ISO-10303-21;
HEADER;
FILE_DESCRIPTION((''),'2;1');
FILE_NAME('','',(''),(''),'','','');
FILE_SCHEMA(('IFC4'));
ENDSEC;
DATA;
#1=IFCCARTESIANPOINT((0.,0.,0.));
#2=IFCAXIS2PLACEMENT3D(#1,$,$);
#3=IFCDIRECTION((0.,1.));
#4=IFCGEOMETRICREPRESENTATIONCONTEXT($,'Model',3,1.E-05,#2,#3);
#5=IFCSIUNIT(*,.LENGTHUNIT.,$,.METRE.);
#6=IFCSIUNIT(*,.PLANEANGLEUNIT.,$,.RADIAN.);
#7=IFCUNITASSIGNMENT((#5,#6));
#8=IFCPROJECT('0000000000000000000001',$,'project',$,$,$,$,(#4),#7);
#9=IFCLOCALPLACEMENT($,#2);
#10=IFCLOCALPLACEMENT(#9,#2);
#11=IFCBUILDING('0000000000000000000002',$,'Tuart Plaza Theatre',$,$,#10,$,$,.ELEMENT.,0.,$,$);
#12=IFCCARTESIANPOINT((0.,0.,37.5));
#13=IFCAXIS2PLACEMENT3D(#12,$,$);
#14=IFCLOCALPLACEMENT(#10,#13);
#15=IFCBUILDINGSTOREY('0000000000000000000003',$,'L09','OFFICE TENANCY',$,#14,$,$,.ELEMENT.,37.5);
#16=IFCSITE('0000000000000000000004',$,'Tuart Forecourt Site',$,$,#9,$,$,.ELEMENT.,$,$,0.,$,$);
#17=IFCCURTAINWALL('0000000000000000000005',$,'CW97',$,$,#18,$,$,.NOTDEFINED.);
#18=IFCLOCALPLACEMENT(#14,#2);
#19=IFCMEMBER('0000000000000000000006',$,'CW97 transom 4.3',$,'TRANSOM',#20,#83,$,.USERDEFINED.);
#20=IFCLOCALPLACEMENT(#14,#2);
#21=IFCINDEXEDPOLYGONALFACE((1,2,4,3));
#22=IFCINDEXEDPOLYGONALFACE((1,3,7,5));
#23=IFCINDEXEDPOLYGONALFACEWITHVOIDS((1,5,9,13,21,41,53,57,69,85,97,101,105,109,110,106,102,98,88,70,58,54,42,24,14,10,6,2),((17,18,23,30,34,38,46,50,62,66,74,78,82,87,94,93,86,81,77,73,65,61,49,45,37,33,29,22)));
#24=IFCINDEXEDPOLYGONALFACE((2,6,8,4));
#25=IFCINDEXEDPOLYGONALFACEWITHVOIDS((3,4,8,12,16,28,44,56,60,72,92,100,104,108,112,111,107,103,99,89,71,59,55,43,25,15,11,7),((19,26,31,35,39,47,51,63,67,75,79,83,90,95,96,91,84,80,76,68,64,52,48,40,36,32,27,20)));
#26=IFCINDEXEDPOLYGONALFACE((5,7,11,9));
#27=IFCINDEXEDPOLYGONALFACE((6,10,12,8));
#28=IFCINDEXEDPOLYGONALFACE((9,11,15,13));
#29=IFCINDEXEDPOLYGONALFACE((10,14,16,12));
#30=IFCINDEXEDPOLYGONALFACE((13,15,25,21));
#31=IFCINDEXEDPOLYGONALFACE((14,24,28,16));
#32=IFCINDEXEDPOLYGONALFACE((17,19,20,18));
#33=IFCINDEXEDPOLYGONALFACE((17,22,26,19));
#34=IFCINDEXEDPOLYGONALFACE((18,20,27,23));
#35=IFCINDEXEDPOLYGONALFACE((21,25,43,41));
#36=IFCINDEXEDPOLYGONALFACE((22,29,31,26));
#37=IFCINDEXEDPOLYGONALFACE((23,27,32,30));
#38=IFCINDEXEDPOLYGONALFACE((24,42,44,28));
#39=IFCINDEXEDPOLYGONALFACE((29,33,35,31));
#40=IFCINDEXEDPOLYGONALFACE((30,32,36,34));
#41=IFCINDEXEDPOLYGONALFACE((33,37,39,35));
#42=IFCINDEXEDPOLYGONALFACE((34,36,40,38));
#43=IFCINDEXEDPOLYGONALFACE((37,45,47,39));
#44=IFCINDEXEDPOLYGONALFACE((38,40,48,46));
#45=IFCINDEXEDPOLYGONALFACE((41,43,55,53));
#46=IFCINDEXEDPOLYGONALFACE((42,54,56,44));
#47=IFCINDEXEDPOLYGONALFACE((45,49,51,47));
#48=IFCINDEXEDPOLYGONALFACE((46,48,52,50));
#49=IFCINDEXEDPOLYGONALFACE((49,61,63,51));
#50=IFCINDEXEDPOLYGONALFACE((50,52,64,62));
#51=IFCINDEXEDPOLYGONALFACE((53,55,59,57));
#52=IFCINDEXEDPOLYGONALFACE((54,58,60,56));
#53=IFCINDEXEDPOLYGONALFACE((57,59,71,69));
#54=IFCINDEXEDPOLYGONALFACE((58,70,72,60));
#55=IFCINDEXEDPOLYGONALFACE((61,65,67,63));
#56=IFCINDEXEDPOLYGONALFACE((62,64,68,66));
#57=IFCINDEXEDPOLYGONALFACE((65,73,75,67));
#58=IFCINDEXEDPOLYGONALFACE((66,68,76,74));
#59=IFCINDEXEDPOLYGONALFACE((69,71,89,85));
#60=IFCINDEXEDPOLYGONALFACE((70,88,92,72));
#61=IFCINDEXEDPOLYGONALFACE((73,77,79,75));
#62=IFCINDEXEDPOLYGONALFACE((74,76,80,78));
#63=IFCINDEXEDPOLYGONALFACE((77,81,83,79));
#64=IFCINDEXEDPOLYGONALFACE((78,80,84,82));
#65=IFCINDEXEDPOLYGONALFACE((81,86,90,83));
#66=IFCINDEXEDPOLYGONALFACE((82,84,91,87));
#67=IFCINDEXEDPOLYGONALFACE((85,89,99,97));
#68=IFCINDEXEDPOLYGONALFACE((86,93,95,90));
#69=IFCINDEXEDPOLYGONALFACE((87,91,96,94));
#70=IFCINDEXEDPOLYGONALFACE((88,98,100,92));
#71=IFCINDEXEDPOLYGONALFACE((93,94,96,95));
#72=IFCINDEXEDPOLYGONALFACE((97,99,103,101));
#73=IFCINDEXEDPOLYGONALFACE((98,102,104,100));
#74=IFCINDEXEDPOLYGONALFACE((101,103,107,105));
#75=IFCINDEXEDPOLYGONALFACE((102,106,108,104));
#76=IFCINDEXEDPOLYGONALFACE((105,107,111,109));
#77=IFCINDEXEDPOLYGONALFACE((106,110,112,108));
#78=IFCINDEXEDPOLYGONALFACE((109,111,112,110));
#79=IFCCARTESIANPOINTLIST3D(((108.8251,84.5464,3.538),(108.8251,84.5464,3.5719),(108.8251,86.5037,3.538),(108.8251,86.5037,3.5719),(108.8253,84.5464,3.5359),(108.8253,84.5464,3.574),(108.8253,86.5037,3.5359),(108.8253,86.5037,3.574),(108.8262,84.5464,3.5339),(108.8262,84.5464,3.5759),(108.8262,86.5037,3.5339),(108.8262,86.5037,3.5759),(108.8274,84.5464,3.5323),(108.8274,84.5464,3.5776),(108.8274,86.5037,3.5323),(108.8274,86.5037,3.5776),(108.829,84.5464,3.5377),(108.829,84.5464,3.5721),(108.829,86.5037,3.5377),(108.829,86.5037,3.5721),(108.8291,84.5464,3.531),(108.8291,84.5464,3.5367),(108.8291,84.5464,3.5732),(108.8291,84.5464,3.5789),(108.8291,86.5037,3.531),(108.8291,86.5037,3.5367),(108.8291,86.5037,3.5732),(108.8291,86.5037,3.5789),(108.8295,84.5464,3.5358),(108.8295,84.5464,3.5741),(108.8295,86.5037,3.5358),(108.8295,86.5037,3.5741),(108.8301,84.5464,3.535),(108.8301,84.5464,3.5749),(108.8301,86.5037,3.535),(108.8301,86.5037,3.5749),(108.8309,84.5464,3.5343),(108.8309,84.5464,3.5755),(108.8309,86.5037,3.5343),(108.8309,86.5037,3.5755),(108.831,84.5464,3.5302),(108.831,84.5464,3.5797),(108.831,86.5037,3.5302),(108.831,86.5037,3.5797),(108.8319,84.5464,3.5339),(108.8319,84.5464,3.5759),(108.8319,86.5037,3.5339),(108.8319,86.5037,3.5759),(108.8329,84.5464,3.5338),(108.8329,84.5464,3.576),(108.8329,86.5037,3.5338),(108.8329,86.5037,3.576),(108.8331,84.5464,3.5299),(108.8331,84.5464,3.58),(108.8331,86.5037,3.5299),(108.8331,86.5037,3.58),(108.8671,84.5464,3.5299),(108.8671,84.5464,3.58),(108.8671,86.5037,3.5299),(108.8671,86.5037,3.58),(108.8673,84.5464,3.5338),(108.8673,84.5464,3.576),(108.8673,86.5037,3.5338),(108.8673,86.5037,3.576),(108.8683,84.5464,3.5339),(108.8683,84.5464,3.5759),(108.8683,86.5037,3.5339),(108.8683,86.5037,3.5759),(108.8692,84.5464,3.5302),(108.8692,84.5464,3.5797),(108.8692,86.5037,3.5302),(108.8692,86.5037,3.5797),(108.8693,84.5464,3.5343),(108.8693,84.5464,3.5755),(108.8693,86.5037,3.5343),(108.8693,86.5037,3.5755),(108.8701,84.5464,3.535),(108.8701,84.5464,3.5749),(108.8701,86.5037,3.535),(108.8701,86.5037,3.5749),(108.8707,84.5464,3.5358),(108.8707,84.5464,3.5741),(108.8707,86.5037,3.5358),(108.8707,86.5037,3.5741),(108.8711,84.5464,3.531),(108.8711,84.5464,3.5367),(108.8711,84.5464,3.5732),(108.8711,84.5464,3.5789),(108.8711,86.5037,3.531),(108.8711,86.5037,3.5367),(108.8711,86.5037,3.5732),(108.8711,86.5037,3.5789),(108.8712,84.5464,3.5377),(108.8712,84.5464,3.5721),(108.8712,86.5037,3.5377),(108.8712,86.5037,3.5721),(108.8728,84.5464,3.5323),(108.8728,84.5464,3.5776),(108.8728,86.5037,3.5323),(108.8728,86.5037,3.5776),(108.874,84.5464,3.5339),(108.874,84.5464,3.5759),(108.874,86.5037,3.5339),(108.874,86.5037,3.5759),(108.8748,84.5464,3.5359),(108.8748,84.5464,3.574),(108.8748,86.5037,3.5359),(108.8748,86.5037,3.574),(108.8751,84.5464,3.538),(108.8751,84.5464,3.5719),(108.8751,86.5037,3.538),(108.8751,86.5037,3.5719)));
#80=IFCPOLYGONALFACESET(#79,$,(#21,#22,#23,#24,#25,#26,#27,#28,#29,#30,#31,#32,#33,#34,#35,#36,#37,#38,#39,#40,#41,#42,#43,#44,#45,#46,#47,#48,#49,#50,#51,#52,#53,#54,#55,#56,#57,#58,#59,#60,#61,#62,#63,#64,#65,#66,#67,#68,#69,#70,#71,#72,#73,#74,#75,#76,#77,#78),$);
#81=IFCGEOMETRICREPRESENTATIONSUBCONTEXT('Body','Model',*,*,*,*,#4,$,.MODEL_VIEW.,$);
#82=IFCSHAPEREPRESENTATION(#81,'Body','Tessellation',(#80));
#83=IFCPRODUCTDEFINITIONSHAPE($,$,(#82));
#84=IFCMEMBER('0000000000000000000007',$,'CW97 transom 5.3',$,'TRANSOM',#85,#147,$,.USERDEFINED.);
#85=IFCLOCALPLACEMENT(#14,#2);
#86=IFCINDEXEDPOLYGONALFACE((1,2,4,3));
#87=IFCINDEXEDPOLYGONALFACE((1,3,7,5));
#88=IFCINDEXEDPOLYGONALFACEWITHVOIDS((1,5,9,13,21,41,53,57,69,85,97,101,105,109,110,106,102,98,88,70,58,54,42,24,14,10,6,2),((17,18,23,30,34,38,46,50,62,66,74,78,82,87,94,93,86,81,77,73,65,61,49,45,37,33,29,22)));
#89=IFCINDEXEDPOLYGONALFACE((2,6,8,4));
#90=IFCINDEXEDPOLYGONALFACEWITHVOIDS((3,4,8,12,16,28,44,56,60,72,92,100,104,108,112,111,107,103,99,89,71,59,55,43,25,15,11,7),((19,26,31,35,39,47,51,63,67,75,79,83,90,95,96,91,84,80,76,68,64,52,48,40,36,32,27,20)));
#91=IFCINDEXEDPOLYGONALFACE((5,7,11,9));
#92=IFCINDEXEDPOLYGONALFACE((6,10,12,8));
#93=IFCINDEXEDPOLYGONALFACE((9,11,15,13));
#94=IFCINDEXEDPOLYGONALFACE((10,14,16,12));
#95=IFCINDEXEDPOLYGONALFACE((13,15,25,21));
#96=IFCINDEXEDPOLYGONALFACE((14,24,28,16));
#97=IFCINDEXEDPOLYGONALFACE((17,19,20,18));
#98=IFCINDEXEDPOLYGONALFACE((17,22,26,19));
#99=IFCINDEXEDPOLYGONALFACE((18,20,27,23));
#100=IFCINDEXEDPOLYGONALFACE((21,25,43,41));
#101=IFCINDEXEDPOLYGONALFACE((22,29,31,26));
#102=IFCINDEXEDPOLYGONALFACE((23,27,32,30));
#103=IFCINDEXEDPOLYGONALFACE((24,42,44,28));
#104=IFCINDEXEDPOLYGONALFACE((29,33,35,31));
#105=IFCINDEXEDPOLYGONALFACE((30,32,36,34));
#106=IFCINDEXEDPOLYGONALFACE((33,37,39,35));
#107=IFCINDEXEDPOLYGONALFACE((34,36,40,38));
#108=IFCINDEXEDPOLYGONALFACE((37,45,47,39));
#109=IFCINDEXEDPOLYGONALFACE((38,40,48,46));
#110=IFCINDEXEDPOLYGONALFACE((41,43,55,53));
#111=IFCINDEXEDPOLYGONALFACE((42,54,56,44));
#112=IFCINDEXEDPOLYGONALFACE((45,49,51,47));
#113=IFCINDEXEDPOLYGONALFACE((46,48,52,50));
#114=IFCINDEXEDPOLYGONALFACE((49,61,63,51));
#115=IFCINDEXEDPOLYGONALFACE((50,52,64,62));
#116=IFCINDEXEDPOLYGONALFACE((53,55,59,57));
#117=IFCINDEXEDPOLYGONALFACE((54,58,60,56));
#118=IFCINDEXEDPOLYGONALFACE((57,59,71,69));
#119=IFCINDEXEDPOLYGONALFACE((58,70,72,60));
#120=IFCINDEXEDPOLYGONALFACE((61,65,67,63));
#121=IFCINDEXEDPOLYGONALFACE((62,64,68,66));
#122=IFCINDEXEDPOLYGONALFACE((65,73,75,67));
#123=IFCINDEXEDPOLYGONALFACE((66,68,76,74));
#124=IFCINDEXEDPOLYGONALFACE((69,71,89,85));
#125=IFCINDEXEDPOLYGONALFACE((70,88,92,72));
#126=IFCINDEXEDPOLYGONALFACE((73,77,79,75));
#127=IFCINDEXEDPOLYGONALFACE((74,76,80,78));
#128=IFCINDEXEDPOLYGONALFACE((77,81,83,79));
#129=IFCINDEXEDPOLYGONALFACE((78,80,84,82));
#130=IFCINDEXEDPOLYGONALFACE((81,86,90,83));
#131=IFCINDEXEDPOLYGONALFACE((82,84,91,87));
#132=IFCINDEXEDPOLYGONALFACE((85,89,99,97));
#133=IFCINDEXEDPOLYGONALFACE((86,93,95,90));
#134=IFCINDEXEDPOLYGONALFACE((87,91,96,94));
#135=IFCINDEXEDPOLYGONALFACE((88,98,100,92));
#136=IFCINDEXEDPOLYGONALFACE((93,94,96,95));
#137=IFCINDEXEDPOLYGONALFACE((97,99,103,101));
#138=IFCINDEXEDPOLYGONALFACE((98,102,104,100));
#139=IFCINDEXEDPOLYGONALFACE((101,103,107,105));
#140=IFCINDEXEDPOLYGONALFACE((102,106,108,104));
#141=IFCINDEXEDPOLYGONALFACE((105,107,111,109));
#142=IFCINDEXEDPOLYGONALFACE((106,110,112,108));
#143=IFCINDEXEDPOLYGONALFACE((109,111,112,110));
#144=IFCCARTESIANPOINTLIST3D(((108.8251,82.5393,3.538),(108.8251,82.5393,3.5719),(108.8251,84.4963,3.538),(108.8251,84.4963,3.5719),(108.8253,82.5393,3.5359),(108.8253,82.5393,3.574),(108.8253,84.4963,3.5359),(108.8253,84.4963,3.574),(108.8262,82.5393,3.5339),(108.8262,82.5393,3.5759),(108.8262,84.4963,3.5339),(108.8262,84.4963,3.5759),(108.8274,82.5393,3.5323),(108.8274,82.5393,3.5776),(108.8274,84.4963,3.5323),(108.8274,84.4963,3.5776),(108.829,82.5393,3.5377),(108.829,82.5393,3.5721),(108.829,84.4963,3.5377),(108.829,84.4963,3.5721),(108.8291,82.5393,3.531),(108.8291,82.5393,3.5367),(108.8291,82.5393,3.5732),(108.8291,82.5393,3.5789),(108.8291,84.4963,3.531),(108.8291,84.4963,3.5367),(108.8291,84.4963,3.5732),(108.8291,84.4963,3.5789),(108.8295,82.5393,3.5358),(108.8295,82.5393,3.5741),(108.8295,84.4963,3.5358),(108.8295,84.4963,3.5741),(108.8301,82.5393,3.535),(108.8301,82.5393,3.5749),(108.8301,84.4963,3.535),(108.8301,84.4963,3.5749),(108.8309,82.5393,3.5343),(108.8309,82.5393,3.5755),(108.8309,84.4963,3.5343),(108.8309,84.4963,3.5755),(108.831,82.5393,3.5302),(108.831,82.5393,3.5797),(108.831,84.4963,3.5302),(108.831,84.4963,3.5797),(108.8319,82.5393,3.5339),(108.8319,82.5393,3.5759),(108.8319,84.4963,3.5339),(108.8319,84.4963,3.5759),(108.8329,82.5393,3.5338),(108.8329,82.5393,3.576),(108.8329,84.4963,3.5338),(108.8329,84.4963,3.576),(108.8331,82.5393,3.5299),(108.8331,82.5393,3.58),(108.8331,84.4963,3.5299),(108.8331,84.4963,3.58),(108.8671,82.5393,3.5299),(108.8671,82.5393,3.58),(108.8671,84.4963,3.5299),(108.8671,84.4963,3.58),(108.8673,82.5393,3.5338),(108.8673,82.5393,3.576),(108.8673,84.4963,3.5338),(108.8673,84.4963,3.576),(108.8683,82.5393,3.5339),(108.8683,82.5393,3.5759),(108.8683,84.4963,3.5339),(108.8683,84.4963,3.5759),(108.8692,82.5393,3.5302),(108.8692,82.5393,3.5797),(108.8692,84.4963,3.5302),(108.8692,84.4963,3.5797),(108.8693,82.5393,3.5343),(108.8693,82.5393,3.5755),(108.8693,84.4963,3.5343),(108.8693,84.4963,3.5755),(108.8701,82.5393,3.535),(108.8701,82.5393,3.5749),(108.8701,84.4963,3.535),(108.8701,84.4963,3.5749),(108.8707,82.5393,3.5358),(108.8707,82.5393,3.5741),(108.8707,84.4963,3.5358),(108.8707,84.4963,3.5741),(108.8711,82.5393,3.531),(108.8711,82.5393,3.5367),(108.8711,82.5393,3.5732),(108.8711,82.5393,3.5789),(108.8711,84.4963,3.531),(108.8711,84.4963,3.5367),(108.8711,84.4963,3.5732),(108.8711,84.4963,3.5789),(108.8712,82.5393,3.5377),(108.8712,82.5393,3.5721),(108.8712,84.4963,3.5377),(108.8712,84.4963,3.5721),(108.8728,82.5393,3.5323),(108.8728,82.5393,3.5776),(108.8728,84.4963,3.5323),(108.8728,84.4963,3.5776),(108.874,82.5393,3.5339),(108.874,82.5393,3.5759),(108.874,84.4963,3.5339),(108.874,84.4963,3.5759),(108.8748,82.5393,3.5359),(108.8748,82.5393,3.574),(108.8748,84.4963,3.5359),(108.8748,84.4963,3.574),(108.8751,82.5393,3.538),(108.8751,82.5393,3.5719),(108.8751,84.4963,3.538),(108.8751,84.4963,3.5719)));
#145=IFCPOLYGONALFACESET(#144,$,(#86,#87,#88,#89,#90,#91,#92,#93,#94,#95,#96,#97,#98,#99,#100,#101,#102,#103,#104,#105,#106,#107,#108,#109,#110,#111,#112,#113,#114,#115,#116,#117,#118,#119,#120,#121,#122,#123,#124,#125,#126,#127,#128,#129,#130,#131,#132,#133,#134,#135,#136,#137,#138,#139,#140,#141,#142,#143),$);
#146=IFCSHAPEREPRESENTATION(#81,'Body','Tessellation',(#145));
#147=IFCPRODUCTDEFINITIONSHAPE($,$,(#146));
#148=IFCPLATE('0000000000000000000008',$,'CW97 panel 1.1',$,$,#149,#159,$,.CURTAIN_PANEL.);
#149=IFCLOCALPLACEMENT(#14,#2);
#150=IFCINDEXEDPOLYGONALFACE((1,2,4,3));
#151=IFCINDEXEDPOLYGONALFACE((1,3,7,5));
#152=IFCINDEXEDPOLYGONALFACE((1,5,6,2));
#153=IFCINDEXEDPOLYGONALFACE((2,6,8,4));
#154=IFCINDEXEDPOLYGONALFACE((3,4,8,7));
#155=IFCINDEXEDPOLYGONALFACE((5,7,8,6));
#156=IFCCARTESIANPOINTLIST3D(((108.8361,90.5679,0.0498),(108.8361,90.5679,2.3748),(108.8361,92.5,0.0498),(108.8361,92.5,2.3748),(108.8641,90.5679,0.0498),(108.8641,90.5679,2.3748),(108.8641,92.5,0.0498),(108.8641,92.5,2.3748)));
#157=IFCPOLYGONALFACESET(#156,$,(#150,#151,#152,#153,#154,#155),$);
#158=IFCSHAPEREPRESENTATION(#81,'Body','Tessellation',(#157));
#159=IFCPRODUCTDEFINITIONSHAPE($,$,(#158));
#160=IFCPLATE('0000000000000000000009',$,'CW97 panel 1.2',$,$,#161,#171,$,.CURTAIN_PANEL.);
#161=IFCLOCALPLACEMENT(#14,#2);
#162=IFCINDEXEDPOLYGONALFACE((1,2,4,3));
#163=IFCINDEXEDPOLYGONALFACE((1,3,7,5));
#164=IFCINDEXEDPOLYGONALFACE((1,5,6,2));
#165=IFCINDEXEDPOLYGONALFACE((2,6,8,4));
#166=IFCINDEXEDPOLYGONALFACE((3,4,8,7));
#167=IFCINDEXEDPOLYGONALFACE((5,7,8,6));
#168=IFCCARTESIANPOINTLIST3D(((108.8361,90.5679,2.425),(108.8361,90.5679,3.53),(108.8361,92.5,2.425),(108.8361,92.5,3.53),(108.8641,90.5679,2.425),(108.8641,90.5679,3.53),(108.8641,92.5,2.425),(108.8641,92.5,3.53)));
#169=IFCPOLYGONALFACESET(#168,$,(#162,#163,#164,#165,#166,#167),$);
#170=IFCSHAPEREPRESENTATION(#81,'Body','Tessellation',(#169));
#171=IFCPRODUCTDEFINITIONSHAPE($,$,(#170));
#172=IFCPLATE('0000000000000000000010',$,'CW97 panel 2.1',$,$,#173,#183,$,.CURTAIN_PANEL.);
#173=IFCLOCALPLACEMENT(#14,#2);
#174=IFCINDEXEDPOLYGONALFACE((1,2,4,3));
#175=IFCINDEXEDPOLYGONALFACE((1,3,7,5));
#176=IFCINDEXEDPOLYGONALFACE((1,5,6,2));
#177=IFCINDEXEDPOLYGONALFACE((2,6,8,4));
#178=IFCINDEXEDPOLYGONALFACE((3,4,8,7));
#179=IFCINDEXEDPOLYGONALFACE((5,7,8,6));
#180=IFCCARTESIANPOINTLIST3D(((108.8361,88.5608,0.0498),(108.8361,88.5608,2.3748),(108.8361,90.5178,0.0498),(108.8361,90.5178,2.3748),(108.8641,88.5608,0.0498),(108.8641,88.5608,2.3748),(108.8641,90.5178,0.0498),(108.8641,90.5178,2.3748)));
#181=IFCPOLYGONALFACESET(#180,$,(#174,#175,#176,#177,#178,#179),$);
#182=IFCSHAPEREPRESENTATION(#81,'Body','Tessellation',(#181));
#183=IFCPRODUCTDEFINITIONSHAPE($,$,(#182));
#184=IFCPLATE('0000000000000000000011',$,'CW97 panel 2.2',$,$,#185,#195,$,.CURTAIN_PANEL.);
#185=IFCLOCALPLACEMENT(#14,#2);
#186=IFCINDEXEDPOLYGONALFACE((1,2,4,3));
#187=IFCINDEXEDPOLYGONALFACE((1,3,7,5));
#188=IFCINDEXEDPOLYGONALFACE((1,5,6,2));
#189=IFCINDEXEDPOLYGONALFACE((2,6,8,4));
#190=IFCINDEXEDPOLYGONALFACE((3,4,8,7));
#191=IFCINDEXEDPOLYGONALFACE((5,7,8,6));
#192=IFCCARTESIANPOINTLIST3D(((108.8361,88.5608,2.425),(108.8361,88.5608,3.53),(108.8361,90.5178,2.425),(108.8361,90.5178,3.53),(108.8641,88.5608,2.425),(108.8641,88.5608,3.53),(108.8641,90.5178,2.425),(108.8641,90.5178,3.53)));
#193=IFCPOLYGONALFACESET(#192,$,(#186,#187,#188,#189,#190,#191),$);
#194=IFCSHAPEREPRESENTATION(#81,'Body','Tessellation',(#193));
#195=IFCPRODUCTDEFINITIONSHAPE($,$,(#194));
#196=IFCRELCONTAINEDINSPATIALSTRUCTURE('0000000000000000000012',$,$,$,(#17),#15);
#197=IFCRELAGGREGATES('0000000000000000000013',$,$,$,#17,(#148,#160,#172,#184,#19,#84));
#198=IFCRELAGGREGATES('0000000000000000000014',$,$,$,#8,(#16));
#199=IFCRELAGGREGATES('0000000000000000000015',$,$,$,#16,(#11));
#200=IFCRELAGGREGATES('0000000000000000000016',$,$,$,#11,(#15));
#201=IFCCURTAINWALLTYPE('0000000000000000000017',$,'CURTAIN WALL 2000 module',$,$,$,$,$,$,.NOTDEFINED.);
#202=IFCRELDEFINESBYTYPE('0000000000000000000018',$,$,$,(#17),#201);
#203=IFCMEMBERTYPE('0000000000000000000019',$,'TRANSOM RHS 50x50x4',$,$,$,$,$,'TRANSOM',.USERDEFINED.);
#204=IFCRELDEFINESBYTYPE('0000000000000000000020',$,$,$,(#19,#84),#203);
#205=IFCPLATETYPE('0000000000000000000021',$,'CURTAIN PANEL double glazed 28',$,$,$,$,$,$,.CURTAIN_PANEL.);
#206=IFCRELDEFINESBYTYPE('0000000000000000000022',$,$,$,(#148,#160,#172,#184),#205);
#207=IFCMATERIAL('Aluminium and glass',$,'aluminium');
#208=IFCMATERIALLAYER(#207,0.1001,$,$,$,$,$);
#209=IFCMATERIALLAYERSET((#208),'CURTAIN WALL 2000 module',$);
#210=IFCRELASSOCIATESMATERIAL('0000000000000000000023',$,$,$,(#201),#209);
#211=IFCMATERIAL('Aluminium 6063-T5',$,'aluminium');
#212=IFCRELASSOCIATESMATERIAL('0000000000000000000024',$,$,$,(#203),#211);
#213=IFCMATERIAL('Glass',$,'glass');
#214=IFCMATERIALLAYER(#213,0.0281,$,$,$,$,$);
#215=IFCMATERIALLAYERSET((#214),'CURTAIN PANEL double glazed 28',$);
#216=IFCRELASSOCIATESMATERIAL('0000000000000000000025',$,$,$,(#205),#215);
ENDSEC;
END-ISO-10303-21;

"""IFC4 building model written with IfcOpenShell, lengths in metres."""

from ifc_helpers import new_model, si_unit, direction, frame, origin, origin_2d, place, context, subcontext, project, spatial, rectangle, hollow_rectangle, extrude, material, layer, layer_set, material_profile, profile_set, type_object, element, aggregate, save


model = new_model("IFC4")

# Units and contexts
model_context = context("Model", 3, precision=1e-05, world=origin(), true_north=direction((0.0, 1.0)))
body_context = subcontext(model_context, "Body", "Model", "MODEL_VIEW")
ifc_project = project(units=[si_unit("LENGTHUNIT", "METRE"), si_unit("PLANEANGLEUNIT", "RADIAN")], contexts=[model_context])

# Site, building, storey
site_placement = place(None, origin())
site = spatial("IfcSite", under=ifc_project, at=site_placement, Name="Tuart Forecourt Site", CompositionType="ELEMENT", RefElevation=0.0)
building_placement = place(site_placement, origin())
building = spatial("IfcBuilding", under=site, at=building_placement, Name="Tuart Plaza Theatre", CompositionType="ELEMENT", ElevationOfRefHeight=0.0)
storey_placement = place(building_placement, frame((0.0, 0.0, 37.5)))
storey = spatial("IfcBuildingStorey", under=building, at=storey_placement, Name="L09", Description="OFFICE TENANCY", CompositionType="ELEMENT", Elevation=37.5)

# Curtain wall, members, plates
ifc_material_1 = material(Name="Aluminium and glass", Category="aluminium")
ifc_layer_1 = layer(ifc_material_1, 0.1001)
ifc_layer_set_1 = layer_set([ifc_layer_1], Name="CURTAIN WALL 2000 module")
curtain_wall_type = type_object("IfcCurtainWallType", Name="CURTAIN WALL 2000 module", PredefinedType="NOTDEFINED", material=ifc_layer_set_1)
curtain_wall_placement = place(storey_placement, origin())
curtain_wall = element("IfcCurtainWall", 1, at=curtain_wall_placement, inside=storey, type_object=curtain_wall_type, Name="CW97", PredefinedType="NOTDEFINED")
ifc_material_2 = material(Name="Aluminium 6063-T5", Category="aluminium")
ifc_material_profile_1 = material_profile(ifc_material_2, hollow_rectangle(XDim=0.05, YDim=0.05, WallThickness=0.0039, InnerFilletRadius=0.0039, OuterFilletRadius=0.0081, at=origin_2d()), Name="RHS 50x50x4")
ifc_profile_set_1 = profile_set([ifc_material_profile_1], Name="Aluminium 6063-T5")
member_type_1 = type_object("IfcMemberType", Name="TRANSOM RHS 50x50x4", ElementType="TRANSOM", PredefinedType="USERDEFINED", material=ifc_profile_set_1)
member_1_placement = place(storey_placement, frame((108.8501, 86.5037, 3.5549), z_axis=(0.0, -1.0, 0.0), x_axis=(1.0, 0.0, 0.0)))
member_1 = element("IfcMember", 2, at=member_1_placement, type_object=member_type_1, Name="CW97 transom 4.3", ObjectType="TRANSOM", PredefinedType="USERDEFINED", context=body_context, shape_type="SweptSolid", body=[
    extrude(hollow_rectangle(XDim=0.05, YDim=0.05, WallThickness=0.0039, InnerFilletRadius=0.0039, OuterFilletRadius=0.0081, at=origin_2d()), origin(), (0.0, 0.0, 1.0), 1.9573),
])
member_2_placement = place(storey_placement, frame((108.8501, 84.4963, 3.5549), z_axis=(0.0, -1.0, 0.0), x_axis=(1.0, 0.0, 0.0)))
member_2 = element("IfcMember", 3, at=member_2_placement, type_object=member_type_1, Name="CW97 transom 5.3", ObjectType="TRANSOM", PredefinedType="USERDEFINED", context=body_context, shape_type="SweptSolid", body=[
    extrude(hollow_rectangle(XDim=0.05, YDim=0.05, WallThickness=0.0039, InnerFilletRadius=0.0039, OuterFilletRadius=0.0081, at=origin_2d()), origin(), (0.0, 0.0, 1.0), 1.957),
])
ifc_material_3 = material(Name="Glass", Category="glass")
ifc_layer_2 = layer(ifc_material_3, 0.0281)
ifc_layer_set_2 = layer_set([ifc_layer_2], Name="CURTAIN PANEL double glazed 28")
plate_type = type_object("IfcPlateType", Name="CURTAIN PANEL double glazed 28", PredefinedType="CURTAIN_PANEL", material=ifc_layer_set_2)
plate_1_placement = place(storey_placement, frame((108.8501, 91.5339, 0.0498), z_axis=(0.0, 0.0, 1.0), x_axis=(0.0, -1.0, 0.0)))
plate_1 = element("IfcPlate", 4, at=plate_1_placement, type_object=plate_type, Name="CW97 panel 1.1", PredefinedType="CURTAIN_PANEL", context=body_context, shape_type="SweptSolid", body=[
    extrude(rectangle(XDim=1.9321, YDim=0.0281, at=origin_2d()), origin(), (0.0, 0.0, 1.0), 2.325),
])
plate_2_placement = place(storey_placement, frame((108.8501, 91.5339, 2.425), z_axis=(0.0, 0.0, 1.0), x_axis=(0.0, -1.0, 0.0)))
plate_2 = element("IfcPlate", 5, at=plate_2_placement, type_object=plate_type, Name="CW97 panel 1.2", PredefinedType="CURTAIN_PANEL", context=body_context, shape_type="SweptSolid", body=[
    extrude(rectangle(XDim=1.9321, YDim=0.0281, at=origin_2d()), origin(), (0.0, 0.0, 1.0), 1.105),
])
plate_3_placement = place(storey_placement, frame((108.8501, 89.5393, 0.0498), z_axis=(0.0, 0.0, 1.0), x_axis=(0.0, -1.0, 0.0)))
plate_3 = element("IfcPlate", 6, at=plate_3_placement, type_object=plate_type, Name="CW97 panel 2.1", PredefinedType="CURTAIN_PANEL", context=body_context, shape_type="SweptSolid", body=[
    extrude(rectangle(XDim=1.957, YDim=0.0281, at=origin_2d()), origin(), (0.0, 0.0, 1.0), 2.325),
])
plate_4_placement = place(storey_placement, frame((108.8501, 89.5393, 2.425), z_axis=(0.0, 0.0, 1.0), x_axis=(0.0, -1.0, 0.0)))
plate_4 = element("IfcPlate", 7, at=plate_4_placement, type_object=plate_type, Name="CW97 panel 2.2", PredefinedType="CURTAIN_PANEL", context=body_context, shape_type="SweptSolid", body=[
    extrude(rectangle(XDim=1.957, YDim=0.0281, at=origin_2d()), origin(), (0.0, 0.0, 1.0), 1.105),
])
aggregate(curtain_wall, [plate_1, plate_2, plate_3, plate_4, member_1, member_2])

save(model, "model.ifc")
